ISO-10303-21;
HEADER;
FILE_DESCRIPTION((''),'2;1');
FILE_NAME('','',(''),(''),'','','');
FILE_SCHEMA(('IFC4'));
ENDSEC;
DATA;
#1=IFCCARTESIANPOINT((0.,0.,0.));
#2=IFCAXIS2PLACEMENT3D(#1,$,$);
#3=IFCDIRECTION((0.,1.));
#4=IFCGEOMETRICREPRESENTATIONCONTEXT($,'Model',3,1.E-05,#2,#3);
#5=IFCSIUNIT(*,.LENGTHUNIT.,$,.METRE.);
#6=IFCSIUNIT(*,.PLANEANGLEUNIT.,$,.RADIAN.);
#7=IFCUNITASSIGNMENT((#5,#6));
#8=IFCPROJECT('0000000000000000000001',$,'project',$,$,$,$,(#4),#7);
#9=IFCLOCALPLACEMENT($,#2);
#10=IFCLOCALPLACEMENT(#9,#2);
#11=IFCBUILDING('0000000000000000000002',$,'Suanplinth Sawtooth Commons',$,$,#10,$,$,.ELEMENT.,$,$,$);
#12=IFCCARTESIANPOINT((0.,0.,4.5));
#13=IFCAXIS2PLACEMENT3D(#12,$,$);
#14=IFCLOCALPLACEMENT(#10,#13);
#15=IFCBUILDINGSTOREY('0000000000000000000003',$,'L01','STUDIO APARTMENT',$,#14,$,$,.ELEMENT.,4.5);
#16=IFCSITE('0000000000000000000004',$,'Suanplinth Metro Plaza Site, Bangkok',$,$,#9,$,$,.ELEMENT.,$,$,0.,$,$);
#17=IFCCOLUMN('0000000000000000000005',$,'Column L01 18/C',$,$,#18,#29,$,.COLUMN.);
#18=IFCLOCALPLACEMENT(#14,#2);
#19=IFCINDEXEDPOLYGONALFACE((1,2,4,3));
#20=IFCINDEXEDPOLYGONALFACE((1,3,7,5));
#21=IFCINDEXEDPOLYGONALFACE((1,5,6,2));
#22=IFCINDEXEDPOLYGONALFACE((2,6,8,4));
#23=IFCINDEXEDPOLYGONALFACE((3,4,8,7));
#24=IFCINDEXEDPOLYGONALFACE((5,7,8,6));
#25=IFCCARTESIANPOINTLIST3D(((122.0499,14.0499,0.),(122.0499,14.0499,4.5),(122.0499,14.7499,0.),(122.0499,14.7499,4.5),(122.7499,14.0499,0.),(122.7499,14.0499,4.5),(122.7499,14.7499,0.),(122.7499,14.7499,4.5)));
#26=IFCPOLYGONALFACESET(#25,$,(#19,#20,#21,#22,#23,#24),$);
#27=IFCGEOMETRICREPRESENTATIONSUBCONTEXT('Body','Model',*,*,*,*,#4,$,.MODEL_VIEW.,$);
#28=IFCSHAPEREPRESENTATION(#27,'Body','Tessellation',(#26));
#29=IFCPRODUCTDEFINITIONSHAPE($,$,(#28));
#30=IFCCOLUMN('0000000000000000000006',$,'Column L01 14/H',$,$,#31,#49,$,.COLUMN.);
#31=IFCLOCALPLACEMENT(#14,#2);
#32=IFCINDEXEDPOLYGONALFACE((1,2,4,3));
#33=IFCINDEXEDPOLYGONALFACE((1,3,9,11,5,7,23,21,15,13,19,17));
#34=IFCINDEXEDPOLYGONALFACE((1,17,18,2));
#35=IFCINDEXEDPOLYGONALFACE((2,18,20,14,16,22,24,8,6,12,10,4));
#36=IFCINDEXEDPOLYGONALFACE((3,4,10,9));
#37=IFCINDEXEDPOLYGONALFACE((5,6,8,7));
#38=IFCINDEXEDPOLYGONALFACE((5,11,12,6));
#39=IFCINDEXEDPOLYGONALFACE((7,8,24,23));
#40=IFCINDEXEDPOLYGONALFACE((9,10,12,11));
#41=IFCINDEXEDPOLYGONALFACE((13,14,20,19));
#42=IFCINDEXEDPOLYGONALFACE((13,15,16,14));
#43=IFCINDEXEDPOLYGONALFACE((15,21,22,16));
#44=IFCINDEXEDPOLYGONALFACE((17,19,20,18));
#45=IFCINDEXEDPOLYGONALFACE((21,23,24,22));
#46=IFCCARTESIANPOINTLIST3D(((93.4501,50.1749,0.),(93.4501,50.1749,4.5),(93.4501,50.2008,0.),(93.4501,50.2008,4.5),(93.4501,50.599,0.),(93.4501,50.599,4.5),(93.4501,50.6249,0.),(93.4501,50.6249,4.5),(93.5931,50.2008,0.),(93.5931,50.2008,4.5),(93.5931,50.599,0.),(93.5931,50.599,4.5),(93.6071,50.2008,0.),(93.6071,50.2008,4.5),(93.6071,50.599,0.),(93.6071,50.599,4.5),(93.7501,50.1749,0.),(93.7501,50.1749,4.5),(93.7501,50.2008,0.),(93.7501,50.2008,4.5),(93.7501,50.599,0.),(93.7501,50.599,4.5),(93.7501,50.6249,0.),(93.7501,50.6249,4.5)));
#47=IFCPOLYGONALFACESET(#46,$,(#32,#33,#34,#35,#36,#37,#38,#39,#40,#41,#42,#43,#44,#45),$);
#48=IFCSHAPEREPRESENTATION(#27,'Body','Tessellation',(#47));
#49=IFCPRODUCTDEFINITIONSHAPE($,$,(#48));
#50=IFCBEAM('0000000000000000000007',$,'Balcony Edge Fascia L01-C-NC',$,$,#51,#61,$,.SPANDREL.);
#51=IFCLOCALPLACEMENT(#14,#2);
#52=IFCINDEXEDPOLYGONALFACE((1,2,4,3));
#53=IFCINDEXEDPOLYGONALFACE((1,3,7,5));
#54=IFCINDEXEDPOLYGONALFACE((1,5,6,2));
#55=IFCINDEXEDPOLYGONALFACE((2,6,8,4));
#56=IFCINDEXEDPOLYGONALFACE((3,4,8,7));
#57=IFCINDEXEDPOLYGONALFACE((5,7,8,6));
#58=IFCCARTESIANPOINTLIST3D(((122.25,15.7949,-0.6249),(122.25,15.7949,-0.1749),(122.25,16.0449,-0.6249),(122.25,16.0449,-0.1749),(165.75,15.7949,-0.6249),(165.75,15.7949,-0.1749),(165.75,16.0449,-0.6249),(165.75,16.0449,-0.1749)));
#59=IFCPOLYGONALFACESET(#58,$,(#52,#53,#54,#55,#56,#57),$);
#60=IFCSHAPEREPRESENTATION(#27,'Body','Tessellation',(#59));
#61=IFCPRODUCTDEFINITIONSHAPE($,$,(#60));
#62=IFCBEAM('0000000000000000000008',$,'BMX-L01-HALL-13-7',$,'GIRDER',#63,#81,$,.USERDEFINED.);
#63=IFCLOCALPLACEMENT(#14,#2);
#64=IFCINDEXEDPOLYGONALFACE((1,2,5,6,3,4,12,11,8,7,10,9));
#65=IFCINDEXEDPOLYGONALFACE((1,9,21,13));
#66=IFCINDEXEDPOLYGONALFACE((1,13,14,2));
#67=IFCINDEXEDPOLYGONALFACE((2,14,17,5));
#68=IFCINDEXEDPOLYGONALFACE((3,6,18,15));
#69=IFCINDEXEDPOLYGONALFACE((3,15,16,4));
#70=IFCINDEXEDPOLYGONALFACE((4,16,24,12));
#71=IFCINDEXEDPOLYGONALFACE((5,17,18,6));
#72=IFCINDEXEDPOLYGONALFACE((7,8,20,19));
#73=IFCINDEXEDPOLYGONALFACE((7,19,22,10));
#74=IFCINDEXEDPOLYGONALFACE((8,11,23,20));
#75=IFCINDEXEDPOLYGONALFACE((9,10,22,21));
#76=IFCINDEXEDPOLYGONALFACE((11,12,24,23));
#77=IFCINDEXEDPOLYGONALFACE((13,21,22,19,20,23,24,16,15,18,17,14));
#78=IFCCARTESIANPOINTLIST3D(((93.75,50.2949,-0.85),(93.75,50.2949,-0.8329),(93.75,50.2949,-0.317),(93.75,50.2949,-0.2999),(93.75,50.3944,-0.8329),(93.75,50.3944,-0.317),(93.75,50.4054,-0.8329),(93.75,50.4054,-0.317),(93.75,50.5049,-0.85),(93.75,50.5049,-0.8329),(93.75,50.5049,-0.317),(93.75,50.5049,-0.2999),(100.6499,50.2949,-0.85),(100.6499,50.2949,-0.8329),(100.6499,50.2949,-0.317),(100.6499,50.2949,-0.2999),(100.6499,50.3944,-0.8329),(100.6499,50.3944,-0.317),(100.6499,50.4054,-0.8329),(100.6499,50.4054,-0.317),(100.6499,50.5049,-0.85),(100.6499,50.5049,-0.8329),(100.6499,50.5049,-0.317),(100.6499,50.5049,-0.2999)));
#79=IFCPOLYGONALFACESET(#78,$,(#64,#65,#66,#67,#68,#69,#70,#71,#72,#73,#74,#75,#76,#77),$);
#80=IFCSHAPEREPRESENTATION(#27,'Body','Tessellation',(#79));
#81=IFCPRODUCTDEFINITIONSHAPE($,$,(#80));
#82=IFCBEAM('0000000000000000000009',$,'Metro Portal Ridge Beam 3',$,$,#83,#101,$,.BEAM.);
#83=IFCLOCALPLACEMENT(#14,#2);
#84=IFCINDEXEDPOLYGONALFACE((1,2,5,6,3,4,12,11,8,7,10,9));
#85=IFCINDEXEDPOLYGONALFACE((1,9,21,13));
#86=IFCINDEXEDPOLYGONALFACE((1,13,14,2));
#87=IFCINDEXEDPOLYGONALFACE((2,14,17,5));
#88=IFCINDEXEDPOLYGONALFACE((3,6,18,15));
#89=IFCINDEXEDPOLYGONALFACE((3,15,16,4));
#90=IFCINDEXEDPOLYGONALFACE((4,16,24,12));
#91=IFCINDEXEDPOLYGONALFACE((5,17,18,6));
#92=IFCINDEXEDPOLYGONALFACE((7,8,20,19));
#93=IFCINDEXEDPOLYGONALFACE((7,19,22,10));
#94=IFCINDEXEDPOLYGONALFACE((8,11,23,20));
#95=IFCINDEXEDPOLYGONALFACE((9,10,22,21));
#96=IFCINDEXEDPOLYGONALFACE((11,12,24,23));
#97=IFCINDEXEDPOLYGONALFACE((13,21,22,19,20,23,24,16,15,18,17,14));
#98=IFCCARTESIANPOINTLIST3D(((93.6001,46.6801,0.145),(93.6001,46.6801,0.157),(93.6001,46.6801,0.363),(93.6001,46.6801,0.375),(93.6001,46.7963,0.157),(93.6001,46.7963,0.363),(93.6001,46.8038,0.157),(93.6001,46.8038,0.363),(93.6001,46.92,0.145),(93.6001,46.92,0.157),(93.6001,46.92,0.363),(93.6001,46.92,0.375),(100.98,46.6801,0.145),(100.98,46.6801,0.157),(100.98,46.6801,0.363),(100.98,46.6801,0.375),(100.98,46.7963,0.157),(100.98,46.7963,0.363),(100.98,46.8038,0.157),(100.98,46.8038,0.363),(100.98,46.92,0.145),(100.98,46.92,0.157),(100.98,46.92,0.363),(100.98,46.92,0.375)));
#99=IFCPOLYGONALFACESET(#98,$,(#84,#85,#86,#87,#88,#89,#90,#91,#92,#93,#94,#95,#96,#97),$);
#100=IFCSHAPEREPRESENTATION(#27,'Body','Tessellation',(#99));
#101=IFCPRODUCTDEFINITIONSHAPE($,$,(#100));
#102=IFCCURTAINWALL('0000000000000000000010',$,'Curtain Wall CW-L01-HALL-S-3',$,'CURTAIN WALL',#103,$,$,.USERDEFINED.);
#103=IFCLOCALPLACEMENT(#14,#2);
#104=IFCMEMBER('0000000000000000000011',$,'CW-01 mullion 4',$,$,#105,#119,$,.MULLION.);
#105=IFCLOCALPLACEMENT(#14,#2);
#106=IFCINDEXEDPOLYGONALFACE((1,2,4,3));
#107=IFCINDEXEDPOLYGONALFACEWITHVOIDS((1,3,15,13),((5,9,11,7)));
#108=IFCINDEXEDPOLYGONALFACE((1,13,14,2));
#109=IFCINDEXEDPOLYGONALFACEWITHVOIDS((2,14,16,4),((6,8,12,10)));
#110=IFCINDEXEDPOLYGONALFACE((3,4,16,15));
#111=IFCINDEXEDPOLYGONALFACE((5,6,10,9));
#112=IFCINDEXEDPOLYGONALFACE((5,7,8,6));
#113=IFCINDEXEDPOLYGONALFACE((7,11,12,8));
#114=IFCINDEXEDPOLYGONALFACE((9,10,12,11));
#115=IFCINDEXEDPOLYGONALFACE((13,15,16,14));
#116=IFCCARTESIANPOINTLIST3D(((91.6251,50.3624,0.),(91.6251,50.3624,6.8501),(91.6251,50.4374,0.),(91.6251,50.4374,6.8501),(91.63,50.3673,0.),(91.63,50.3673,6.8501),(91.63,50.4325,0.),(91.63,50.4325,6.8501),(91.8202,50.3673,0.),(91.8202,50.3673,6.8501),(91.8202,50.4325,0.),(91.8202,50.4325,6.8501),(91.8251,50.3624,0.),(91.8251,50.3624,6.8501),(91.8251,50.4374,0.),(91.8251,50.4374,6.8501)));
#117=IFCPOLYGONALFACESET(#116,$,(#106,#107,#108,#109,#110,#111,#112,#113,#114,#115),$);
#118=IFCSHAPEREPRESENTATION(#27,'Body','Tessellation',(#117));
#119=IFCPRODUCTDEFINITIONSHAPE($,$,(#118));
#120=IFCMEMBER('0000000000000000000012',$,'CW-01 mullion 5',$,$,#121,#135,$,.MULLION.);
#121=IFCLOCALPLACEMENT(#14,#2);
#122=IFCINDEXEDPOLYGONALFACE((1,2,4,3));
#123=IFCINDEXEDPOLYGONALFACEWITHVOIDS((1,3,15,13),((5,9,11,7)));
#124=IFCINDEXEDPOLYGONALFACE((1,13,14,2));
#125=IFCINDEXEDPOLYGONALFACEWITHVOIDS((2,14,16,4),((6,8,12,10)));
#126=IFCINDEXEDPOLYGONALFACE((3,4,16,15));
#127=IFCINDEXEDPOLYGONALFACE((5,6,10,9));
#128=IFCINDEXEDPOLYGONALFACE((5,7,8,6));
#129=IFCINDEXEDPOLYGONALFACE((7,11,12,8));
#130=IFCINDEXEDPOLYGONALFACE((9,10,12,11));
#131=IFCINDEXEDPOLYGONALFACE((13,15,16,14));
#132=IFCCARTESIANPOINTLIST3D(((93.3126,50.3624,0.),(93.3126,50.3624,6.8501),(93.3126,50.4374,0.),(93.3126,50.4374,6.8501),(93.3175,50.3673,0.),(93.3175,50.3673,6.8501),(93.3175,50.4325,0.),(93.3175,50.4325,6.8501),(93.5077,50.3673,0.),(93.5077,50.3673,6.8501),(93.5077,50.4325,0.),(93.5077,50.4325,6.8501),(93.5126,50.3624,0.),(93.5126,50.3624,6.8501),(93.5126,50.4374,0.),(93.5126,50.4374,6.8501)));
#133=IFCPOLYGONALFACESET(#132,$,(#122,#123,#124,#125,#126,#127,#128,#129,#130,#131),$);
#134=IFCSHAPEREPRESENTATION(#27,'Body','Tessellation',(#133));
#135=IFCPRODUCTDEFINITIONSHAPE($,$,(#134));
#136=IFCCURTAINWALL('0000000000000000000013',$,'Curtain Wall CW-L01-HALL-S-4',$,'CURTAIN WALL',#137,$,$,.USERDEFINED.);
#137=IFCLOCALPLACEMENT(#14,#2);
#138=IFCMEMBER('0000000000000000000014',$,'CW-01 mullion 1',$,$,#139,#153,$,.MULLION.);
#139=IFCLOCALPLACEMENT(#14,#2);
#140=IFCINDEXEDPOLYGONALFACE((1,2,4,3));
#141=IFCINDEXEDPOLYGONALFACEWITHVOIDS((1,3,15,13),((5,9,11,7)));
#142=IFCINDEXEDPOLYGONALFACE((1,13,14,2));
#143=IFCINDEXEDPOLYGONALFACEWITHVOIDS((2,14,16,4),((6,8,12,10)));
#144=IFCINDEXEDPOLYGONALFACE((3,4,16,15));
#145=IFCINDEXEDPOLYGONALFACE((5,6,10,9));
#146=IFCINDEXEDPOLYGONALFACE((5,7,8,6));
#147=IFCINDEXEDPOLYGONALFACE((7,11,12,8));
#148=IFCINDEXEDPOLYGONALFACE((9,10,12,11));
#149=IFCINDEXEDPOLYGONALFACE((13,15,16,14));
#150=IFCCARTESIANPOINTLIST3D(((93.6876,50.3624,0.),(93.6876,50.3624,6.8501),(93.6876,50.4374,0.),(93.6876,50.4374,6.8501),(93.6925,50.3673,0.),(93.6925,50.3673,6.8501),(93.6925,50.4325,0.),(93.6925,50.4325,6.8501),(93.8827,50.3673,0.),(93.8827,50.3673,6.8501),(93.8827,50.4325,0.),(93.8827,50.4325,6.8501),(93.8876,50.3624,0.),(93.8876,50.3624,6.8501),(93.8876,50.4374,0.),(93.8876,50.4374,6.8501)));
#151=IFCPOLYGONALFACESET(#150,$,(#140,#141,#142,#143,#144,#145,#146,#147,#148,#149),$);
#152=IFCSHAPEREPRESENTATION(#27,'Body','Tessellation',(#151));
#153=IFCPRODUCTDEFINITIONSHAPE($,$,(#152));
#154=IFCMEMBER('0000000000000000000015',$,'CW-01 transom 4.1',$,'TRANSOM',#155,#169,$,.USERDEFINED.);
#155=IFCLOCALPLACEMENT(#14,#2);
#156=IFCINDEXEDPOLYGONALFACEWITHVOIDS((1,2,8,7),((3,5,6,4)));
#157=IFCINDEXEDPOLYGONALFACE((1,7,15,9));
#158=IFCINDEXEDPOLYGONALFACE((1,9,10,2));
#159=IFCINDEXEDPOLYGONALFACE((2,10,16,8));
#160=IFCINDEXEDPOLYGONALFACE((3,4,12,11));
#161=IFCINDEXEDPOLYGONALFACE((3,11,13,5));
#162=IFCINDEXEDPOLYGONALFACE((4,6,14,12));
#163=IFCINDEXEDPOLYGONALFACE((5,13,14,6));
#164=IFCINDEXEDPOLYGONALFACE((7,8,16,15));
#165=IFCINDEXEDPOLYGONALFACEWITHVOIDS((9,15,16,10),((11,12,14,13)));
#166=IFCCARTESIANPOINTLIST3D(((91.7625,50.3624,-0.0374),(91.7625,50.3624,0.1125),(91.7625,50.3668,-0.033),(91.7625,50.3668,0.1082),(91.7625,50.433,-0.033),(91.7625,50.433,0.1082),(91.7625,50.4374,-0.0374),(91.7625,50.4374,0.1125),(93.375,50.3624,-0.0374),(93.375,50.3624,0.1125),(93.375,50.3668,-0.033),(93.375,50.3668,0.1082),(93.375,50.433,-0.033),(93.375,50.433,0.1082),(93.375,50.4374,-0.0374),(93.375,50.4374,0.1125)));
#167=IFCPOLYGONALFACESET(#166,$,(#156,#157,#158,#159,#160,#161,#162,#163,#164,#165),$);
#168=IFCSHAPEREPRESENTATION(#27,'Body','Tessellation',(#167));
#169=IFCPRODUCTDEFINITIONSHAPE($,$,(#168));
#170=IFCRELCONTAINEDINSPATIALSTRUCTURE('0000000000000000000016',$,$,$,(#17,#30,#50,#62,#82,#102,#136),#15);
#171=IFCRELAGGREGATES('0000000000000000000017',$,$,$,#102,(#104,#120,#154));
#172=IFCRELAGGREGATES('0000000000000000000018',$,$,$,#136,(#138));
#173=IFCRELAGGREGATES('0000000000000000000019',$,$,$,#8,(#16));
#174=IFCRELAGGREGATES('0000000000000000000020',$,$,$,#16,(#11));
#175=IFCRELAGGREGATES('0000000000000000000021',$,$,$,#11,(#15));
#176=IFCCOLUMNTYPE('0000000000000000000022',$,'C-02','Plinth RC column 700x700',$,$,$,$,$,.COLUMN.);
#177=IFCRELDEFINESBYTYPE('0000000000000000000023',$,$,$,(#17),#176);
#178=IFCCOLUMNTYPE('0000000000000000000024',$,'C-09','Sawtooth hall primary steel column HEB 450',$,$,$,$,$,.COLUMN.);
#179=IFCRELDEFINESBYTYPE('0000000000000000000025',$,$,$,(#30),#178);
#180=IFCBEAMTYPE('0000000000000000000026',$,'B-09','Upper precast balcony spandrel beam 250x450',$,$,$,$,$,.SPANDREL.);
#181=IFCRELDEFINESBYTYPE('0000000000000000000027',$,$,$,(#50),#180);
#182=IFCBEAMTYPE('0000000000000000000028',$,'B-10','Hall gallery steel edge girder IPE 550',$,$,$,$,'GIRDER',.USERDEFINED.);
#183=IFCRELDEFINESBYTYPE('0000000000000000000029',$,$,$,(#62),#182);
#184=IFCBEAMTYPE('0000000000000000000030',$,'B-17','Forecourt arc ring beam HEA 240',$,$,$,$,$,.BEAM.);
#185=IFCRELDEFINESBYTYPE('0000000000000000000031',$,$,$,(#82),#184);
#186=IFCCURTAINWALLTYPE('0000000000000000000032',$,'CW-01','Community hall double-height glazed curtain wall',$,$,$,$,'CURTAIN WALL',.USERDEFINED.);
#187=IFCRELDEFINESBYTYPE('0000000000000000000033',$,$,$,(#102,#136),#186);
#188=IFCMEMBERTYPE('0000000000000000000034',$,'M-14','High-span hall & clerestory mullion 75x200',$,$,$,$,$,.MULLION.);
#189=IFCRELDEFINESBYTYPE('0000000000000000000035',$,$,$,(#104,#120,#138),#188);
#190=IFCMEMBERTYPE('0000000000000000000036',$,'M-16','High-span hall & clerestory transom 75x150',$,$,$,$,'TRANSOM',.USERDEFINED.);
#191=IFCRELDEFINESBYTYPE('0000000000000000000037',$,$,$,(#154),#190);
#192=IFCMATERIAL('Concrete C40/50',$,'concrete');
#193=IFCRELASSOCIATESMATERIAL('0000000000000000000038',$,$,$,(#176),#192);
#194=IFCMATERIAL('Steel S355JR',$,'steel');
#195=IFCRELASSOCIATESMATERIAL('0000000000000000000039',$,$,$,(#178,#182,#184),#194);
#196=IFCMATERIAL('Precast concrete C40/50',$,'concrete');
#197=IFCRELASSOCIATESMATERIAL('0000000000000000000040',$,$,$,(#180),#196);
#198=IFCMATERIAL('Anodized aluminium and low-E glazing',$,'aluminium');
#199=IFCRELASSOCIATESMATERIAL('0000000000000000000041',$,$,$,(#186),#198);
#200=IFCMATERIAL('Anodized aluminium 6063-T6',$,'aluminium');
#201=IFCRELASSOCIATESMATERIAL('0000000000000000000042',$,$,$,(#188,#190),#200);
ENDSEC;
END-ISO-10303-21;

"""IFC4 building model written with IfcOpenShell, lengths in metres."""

from ifc_helpers import new_model, si_unit, direction, frame, origin, origin_2d, place, context, subcontext, project, spatial, rectangle, hollow_rectangle, i_section, extrude, material, material_profile, profile_set, type_object, element, aggregate, save


model = new_model("IFC4")

# Units and contexts
model_context = context("Model", 3, precision=1e-05, world=origin(), true_north=direction((0.0, 1.0)))
body_context = subcontext(model_context, "Body", "Model", "MODEL_VIEW")
ifc_project = project(units=[si_unit("LENGTHUNIT", "METRE"), si_unit("PLANEANGLEUNIT", "RADIAN")], contexts=[model_context])

# Site, building, storey
site_placement = place(None, origin())
site = spatial("IfcSite", under=ifc_project, at=site_placement, Name="Suanplinth Metro Plaza Site, Bangkok", CompositionType="ELEMENT", RefElevation=0.0)
building_placement = place(site_placement, origin())
building = spatial("IfcBuilding", under=site, at=building_placement, Name="Suanplinth Sawtooth Commons", CompositionType="ELEMENT")
storey_placement = place(building_placement, frame((0.0, 0.0, 4.5)))
storey = spatial("IfcBuildingStorey", under=building, at=storey_placement, Name="L01", Description="STUDIO APARTMENT", CompositionType="ELEMENT", Elevation=4.5)

# Columns
ifc_material_1 = material(Name="Concrete C40/50", Category="concrete")
ifc_material_profile_1 = material_profile(ifc_material_1, rectangle(XDim=0.7, YDim=0.7, at=origin_2d()), Name="RC-COL 700x700")
ifc_profile_set_1 = profile_set([ifc_material_profile_1], Name="Concrete C40/50")
column_type_1 = type_object("IfcColumnType", Name="C-02", Description="Plinth RC column 700x700", PredefinedType="COLUMN", material=ifc_profile_set_1)
column_1_placement = place(storey_placement, frame((122.3999, 14.3999, 0.0), z_axis=(0.0, 0.0, 1.0), x_axis=(1.0, 0.0, 0.0)))
element("IfcColumn", 1, at=column_1_placement, inside=storey, type_object=column_type_1, Name="Column L01 18/C", PredefinedType="COLUMN", context=body_context, shape_type="SweptSolid", body=[
    extrude(rectangle(XDim=0.7, YDim=0.7, at=origin_2d()), origin(), (0.0, 0.0, 1.0), 4.5),
])
ifc_material_2 = material(Name="Steel S355JR", Category="steel")
ifc_material_profile_2 = material_profile(ifc_material_2, i_section(OverallWidth=0.3, OverallDepth=0.45, WebThickness=0.0139, FlangeThickness=0.0259, at=origin_2d()), Name="HEB 450")
ifc_profile_set_2 = profile_set([ifc_material_profile_2], Name="Steel S355JR")
column_type_2 = type_object("IfcColumnType", Name="C-09", Description="Sawtooth hall primary steel column HEB 450", PredefinedType="COLUMN", material=ifc_profile_set_2)
column_2_placement = place(storey_placement, frame((93.6001, 50.3999, 0.0), z_axis=(0.0, 0.0, 1.0), x_axis=(1.0, 0.0, 0.0)))
element("IfcColumn", 2, at=column_2_placement, inside=storey, type_object=column_type_2, Name="Column L01 14/H", PredefinedType="COLUMN", context=body_context, shape_type="SweptSolid", body=[
    extrude(i_section(OverallWidth=0.3, OverallDepth=0.45, WebThickness=0.0139, FlangeThickness=0.0259, at=origin_2d()), origin(), (0.0, 0.0, 1.0), 4.5),
])

# Beams
ifc_material_3 = material(Name="Precast concrete C40/50", Category="concrete")
ifc_material_profile_3 = material_profile(ifc_material_3, rectangle(XDim=0.25, YDim=0.45, at=origin_2d()), Name="PC-SP 250x450")
ifc_profile_set_3 = profile_set([ifc_material_profile_3], Name="Precast concrete C40/50")
beam_type_1 = type_object("IfcBeamType", Name="B-09", Description="Upper precast balcony spandrel beam 250x450", PredefinedType="SPANDREL", material=ifc_profile_set_3)
beam_1_placement = place(storey_placement, frame((122.25, 15.9199, -0.3999), z_axis=(1.0, 0.0, 0.0), x_axis=(0.0, 1.0, 0.0)))
element("IfcBeam", 3, at=beam_1_placement, inside=storey, type_object=beam_type_1, Name="Balcony Edge Fascia L01-C-NC", PredefinedType="SPANDREL", context=body_context, shape_type="SweptSolid", body=[
    extrude(rectangle(XDim=0.25, YDim=0.45, at=origin_2d()), origin(), (0.0, 0.0, 1.0), 43.5),
])
ifc_material_profile_4 = material_profile(ifc_material_2, i_section(OverallWidth=0.21, OverallDepth=0.55, WebThickness=0.011, FlangeThickness=0.0171, at=origin_2d()), Name="IPE 550")
ifc_profile_set_4 = profile_set([ifc_material_profile_4], Name="Steel S355JR")
beam_type_2 = type_object("IfcBeamType", Name="B-10", Description="Hall gallery steel edge girder IPE 550", ElementType="GIRDER", PredefinedType="USERDEFINED", material=ifc_profile_set_4)
beam_2_placement = place(storey_placement, frame((93.75, 50.3999, -0.575), z_axis=(1.0, 0.0, 0.0), x_axis=(0.0, 1.0, 0.0)))
element("IfcBeam", 4, at=beam_2_placement, inside=storey, type_object=beam_type_2, Name="BMX-L01-HALL-13-7", ObjectType="GIRDER", PredefinedType="USERDEFINED", context=body_context, shape_type="SweptSolid", body=[
    extrude(i_section(OverallWidth=0.21, OverallDepth=0.55, WebThickness=0.011, FlangeThickness=0.0171, at=origin_2d()), origin(), (0.0, 0.0, 1.0), 6.8999),
])
ifc_material_profile_5 = material_profile(ifc_material_2, i_section(OverallWidth=0.24, OverallDepth=0.23, WebThickness=0.0076, FlangeThickness=0.012, at=origin_2d()), Name="HEA 240")
ifc_profile_set_5 = profile_set([ifc_material_profile_5], Name="Steel S355JR")
beam_type_3 = type_object("IfcBeamType", Name="B-17", Description="Forecourt arc ring beam HEA 240", PredefinedType="BEAM", material=ifc_profile_set_5)
beam_3_placement = place(storey_placement, frame((93.6001, 46.8, 0.26), z_axis=(1.0, 0.0, 0.0), x_axis=(0.0, 1.0, 0.0)))
element("IfcBeam", 5, at=beam_3_placement, inside=storey, type_object=beam_type_3, Name="Metro Portal Ridge Beam 3", PredefinedType="BEAM", context=body_context, shape_type="SweptSolid", body=[
    extrude(i_section(OverallWidth=0.24, OverallDepth=0.23, WebThickness=0.0076, FlangeThickness=0.012, at=origin_2d()), origin(), (0.0, 0.0, 1.0), 7.3799),
])

# Curtain wall, members
ifc_material_4 = material(Name="Anodized aluminium and low-E glazing", Category="aluminium")
curtain_wall_type = type_object("IfcCurtainWallType", Name="CW-01", Description="Community hall double-height glazed curtain wall", ElementType="CURTAIN WALL", PredefinedType="USERDEFINED", material=ifc_material_4)
curtain_wall_1_placement = place(storey_placement, origin())
curtain_wall_1 = element("IfcCurtainWall", 6, at=curtain_wall_1_placement, inside=storey, type_object=curtain_wall_type, Name="Curtain Wall CW-L01-HALL-S-3", ObjectType="CURTAIN WALL", PredefinedType="USERDEFINED")
ifc_material_5 = material(Name="Anodized aluminium 6063-T6", Category="aluminium")
ifc_material_profile_6 = material_profile(ifc_material_5, hollow_rectangle(XDim=0.075, YDim=0.2, WallThickness=0.0049, at=origin_2d()), Name="ALU-MUL 75x200")
ifc_profile_set_6 = profile_set([ifc_material_profile_6], Name="Anodized aluminium 6063-T6")
member_type_1 = type_object("IfcMemberType", Name="M-14", Description="High-span hall & clerestory mullion 75x200", PredefinedType="MULLION", material=ifc_profile_set_6)
member_1_placement = place(storey_placement, frame((91.7251, 50.3999, 0.0), z_axis=(0.0, 0.0, 1.0), x_axis=(0.0, 1.0, 0.0)))
member_1 = element("IfcMember", 7, at=member_1_placement, type_object=member_type_1, Name="CW-01 mullion 4", PredefinedType="MULLION", context=body_context, shape_type="SweptSolid", body=[
    extrude(hollow_rectangle(XDim=0.075, YDim=0.2, WallThickness=0.0049, at=origin_2d()), origin(), (0.0, 0.0, 1.0), 6.8501),
])
member_2_placement = place(storey_placement, frame((93.4126, 50.3999, 0.0), z_axis=(0.0, 0.0, 1.0), x_axis=(0.0, 1.0, 0.0)))
member_2 = element("IfcMember", 8, at=member_2_placement, type_object=member_type_1, Name="CW-01 mullion 5", PredefinedType="MULLION", context=body_context, shape_type="SweptSolid", body=[
    extrude(hollow_rectangle(XDim=0.075, YDim=0.2, WallThickness=0.0049, at=origin_2d()), origin(), (0.0, 0.0, 1.0), 6.8501),
])

# Curtain wall, member
curtain_wall_2_placement = place(storey_placement, origin())
curtain_wall_2 = element("IfcCurtainWall", 9, at=curtain_wall_2_placement, inside=storey, type_object=curtain_wall_type, Name="Curtain Wall CW-L01-HALL-S-4", ObjectType="CURTAIN WALL", PredefinedType="USERDEFINED")
member_3_placement = place(storey_placement, frame((93.7876, 50.3999, 0.0), z_axis=(0.0, 0.0, 1.0), x_axis=(0.0, 1.0, 0.0)))
member_3 = element("IfcMember", 10, at=member_3_placement, type_object=member_type_1, Name="CW-01 mullion 1", PredefinedType="MULLION", context=body_context, shape_type="SweptSolid", body=[
    extrude(hollow_rectangle(XDim=0.075, YDim=0.2, WallThickness=0.0049, at=origin_2d()), origin(), (0.0, 0.0, 1.0), 6.8501),
])

# Member
ifc_material_profile_7 = material_profile(ifc_material_5, hollow_rectangle(XDim=0.075, YDim=0.1499, WallThickness=0.0044, at=origin_2d()), Name="ALU-TRN 75x150")
ifc_profile_set_7 = profile_set([ifc_material_profile_7], Name="Anodized aluminium 6063-T6")
member_type_2 = type_object("IfcMemberType", Name="M-16", Description="High-span hall & clerestory transom 75x150", ElementType="TRANSOM", PredefinedType="USERDEFINED", material=ifc_profile_set_7)
member_4_placement = place(storey_placement, frame((91.7625, 50.3999, 0.0376), z_axis=(1.0, 0.0, 0.0), x_axis=(0.0, 1.0, 0.0)))
member_4 = element("IfcMember", 11, at=member_4_placement, type_object=member_type_2, Name="CW-01 transom 4.1", ObjectType="TRANSOM", PredefinedType="USERDEFINED", context=body_context, shape_type="SweptSolid", body=[
    extrude(hollow_rectangle(XDim=0.075, YDim=0.1499, WallThickness=0.0044, at=origin_2d()), origin(), (0.0, 0.0, 1.0), 1.6125),
])

aggregate(curtain_wall_1, [member_1, member_2, member_4])
aggregate(curtain_wall_2, [member_3])

save(model, "model.ifc")
